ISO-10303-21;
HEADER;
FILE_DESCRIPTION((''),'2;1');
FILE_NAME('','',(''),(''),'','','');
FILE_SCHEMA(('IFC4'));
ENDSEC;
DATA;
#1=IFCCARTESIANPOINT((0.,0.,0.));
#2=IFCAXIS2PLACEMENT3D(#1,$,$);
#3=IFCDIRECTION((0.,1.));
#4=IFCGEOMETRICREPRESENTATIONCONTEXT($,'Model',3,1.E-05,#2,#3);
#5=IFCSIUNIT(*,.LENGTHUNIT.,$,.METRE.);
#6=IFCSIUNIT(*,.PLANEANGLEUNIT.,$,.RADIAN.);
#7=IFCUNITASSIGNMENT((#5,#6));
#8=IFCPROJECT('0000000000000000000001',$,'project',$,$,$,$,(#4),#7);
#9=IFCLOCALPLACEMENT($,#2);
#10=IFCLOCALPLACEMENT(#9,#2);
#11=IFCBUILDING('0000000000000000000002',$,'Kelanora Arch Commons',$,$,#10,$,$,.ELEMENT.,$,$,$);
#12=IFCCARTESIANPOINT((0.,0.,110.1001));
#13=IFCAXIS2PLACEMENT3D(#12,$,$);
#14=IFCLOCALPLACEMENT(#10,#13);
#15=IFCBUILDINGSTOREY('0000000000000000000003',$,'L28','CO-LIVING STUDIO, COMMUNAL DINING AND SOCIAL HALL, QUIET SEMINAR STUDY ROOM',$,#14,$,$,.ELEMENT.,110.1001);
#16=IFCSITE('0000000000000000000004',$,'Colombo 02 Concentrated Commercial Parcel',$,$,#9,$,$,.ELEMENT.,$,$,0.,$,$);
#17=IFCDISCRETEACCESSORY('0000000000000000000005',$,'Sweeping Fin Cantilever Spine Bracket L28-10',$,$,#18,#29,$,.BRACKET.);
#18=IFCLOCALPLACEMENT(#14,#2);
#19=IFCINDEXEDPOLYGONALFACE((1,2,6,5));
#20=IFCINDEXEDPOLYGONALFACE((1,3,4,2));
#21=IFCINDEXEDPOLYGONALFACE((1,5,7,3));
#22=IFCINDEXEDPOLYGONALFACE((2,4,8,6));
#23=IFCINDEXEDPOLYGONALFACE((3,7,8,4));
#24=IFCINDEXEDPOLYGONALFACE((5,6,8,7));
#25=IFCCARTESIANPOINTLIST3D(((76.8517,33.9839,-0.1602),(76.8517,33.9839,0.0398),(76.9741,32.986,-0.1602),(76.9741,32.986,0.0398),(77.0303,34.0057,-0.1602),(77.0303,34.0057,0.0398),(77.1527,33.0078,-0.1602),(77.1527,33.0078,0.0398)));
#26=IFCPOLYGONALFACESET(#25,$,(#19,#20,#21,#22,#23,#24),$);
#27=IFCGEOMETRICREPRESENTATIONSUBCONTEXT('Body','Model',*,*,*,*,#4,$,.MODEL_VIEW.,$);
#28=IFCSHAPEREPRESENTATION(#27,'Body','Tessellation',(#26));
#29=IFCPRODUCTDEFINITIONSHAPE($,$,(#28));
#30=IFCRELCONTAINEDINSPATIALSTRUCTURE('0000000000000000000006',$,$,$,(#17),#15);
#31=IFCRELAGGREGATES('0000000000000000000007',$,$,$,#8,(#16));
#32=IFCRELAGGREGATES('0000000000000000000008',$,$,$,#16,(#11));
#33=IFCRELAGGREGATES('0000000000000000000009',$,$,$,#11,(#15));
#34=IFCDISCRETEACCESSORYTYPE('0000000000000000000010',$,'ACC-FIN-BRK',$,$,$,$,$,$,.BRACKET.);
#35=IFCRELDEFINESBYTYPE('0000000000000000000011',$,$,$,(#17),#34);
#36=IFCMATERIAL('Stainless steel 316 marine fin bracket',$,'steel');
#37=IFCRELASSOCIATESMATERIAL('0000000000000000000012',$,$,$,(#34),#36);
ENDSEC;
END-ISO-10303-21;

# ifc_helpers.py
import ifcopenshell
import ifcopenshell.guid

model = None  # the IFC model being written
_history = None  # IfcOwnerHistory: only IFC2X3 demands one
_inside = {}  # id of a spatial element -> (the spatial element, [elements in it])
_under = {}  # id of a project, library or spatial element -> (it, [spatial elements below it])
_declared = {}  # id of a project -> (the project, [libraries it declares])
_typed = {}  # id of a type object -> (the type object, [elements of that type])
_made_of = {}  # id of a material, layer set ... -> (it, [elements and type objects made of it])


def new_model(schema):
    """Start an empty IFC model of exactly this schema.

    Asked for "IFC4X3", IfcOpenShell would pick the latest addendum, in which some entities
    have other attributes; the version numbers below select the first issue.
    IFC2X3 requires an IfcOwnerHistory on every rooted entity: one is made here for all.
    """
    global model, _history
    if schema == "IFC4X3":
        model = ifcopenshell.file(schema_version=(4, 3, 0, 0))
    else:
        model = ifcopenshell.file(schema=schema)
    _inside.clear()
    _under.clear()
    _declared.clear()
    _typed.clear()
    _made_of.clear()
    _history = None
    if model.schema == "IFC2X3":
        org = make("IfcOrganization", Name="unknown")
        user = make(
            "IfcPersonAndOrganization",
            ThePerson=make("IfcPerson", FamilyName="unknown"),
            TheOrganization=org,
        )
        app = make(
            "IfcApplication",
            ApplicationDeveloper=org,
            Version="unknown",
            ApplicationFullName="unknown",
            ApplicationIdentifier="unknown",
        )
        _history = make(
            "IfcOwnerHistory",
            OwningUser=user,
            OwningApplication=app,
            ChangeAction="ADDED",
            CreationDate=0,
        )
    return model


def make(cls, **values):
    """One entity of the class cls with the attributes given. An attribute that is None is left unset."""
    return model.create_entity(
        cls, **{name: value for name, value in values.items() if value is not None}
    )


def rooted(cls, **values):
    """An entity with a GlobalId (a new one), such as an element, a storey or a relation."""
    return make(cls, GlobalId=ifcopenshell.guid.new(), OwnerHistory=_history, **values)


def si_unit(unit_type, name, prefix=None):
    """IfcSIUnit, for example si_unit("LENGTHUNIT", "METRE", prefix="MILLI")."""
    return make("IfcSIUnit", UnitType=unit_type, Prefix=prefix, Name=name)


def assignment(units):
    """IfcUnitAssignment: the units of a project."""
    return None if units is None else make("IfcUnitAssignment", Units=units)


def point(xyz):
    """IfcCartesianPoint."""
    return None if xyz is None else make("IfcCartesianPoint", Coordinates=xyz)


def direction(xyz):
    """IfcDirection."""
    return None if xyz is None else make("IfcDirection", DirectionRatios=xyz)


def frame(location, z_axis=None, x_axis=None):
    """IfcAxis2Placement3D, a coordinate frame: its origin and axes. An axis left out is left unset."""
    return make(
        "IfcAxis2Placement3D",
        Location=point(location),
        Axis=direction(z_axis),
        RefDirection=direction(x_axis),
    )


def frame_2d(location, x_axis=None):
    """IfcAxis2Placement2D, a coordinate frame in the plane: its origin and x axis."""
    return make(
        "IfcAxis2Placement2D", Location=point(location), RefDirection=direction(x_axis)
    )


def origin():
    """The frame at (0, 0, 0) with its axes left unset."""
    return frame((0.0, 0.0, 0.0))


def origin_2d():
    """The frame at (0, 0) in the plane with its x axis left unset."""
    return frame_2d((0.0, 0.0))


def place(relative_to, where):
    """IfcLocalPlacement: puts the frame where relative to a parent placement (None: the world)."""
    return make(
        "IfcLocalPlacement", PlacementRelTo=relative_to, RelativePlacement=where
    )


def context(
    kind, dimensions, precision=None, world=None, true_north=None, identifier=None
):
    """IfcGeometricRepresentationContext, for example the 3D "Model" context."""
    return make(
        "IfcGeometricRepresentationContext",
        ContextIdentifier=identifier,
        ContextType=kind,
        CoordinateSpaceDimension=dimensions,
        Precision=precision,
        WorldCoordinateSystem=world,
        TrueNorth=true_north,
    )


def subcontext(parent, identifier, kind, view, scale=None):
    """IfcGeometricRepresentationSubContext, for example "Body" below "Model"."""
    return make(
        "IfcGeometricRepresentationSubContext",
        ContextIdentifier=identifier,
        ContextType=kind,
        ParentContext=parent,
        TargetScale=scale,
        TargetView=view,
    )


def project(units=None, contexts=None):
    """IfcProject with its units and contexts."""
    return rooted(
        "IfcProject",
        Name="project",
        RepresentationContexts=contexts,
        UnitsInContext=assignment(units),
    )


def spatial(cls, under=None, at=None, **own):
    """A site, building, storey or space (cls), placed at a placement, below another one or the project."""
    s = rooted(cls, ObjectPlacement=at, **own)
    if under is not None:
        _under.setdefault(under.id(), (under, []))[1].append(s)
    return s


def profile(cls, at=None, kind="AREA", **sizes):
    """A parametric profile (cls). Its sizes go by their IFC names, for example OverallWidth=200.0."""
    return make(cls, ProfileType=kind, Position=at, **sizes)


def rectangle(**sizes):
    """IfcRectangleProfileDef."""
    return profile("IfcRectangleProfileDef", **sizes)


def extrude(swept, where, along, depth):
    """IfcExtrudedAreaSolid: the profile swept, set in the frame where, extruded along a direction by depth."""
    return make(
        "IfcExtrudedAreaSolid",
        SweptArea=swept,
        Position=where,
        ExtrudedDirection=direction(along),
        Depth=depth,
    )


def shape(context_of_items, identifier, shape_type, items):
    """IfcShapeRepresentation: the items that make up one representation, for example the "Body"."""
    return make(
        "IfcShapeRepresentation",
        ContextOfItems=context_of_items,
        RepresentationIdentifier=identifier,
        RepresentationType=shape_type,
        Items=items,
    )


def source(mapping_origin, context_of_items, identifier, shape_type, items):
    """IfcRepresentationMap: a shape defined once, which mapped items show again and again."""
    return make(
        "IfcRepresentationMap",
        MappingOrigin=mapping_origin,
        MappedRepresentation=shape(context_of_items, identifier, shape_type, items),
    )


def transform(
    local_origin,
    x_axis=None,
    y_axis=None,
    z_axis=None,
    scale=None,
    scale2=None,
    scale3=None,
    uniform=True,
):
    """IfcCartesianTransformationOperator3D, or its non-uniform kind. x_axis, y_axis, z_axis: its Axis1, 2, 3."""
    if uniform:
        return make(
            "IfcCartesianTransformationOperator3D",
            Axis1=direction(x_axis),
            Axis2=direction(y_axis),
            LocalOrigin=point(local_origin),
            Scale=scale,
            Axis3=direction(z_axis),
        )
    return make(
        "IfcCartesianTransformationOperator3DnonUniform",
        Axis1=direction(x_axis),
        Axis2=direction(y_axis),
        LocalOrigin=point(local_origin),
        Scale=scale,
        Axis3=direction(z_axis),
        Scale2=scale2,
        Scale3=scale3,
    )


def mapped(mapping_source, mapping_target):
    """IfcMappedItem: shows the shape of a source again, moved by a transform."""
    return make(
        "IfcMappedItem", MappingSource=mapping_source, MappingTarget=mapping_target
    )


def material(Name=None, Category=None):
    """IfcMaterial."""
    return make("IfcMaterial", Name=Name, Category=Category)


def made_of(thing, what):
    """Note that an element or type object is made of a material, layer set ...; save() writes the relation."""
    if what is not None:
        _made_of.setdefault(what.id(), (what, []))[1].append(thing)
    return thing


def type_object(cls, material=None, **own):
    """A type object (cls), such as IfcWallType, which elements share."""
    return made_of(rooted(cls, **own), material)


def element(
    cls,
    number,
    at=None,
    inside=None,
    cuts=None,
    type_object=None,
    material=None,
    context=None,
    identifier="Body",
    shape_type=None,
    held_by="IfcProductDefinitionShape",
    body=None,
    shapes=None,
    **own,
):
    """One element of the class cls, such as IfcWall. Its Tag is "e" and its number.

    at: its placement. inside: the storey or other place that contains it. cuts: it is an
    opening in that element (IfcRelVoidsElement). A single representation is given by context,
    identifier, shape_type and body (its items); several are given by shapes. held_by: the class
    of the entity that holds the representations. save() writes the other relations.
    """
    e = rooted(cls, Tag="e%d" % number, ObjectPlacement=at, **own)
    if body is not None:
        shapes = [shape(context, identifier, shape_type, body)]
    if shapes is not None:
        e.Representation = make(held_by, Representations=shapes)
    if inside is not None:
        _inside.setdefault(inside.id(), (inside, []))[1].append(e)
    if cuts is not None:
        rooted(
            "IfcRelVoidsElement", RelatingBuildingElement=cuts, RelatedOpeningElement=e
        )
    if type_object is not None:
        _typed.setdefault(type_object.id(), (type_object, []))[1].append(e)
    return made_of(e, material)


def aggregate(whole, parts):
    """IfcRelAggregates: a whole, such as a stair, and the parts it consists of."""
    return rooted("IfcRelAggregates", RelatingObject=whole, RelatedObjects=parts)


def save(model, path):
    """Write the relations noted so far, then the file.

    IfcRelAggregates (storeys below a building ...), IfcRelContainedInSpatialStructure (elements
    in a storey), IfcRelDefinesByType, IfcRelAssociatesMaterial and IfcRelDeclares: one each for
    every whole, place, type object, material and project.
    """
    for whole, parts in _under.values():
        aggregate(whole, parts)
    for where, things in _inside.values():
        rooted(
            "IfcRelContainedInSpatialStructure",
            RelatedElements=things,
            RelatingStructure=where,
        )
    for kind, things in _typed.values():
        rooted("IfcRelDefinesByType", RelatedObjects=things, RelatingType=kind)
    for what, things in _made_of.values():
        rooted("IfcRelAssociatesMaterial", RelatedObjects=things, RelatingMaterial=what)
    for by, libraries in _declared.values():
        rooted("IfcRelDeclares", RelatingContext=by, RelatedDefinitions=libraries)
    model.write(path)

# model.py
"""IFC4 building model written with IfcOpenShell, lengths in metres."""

from ifc_helpers import new_model, si_unit, direction, frame, origin, origin_2d, place, context, subcontext, project, spatial, rectangle, extrude, source, transform, mapped, material, type_object, element, save


model = new_model("IFC4")

# Units and contexts
model_context = context("Model", 3, precision=1e-05, world=origin(), true_north=direction((0.0, 1.0)))
body_context = subcontext(model_context, "Body", "Model", "MODEL_VIEW")
ifc_project = project(units=[si_unit("LENGTHUNIT", "METRE"), si_unit("PLANEANGLEUNIT", "RADIAN")], contexts=[model_context])

# Site, building, storey
site_placement = place(None, origin())
site = spatial("IfcSite", under=ifc_project, at=site_placement, Name="Colombo 02 Concentrated Commercial Parcel", CompositionType="ELEMENT", RefElevation=0.0)
building_placement = place(site_placement, origin())
building = spatial("IfcBuilding", under=site, at=building_placement, Name="Kelanora Arch Commons", CompositionType="ELEMENT")
storey_placement = place(building_placement, frame((0.0, 0.0, 110.1001)))
storey = spatial("IfcBuildingStorey", under=building, at=storey_placement, Name="L28", Description="CO-LIVING STUDIO, COMMUNAL DINING AND SOCIAL HALL, QUIET SEMINAR STUDY ROOM", CompositionType="ELEMENT", Elevation=110.1001)

# Discrete accessory
ifc_material_1 = material(Name="Stainless steel 316 marine fin bracket", Category="steel")
discrete_accessory_type = type_object("IfcDiscreteAccessoryType", Name="ACC-FIN-BRK", PredefinedType="BRACKET", material=ifc_material_1)
shared_shape_1 = source(origin(), body_context, "Body", "SweptSolid", [
    extrude(rectangle(XDim=1.0054, YDim=0.1799, at=origin_2d()), origin(), (0.0, 0.0, 1.0), 0.2),
])
discrete_accessory_placement = place(storey_placement, frame((77.0022, 33.4958, -0.1602), z_axis=(0.0, 0.0, 1.0), x_axis=(0.121696, -0.992567, 0.0)))
element("IfcDiscreteAccessory", 1, at=discrete_accessory_placement, inside=storey, type_object=discrete_accessory_type, Name="Sweeping Fin Cantilever Spine Bracket L28-10", PredefinedType="BRACKET", context=body_context, shape_type="MappedRepresentation", body=[
    mapped(shared_shape_1, transform((0.0, 0.0, 0.0), scale=1.0)),
])

save(model, "model.ifc")
